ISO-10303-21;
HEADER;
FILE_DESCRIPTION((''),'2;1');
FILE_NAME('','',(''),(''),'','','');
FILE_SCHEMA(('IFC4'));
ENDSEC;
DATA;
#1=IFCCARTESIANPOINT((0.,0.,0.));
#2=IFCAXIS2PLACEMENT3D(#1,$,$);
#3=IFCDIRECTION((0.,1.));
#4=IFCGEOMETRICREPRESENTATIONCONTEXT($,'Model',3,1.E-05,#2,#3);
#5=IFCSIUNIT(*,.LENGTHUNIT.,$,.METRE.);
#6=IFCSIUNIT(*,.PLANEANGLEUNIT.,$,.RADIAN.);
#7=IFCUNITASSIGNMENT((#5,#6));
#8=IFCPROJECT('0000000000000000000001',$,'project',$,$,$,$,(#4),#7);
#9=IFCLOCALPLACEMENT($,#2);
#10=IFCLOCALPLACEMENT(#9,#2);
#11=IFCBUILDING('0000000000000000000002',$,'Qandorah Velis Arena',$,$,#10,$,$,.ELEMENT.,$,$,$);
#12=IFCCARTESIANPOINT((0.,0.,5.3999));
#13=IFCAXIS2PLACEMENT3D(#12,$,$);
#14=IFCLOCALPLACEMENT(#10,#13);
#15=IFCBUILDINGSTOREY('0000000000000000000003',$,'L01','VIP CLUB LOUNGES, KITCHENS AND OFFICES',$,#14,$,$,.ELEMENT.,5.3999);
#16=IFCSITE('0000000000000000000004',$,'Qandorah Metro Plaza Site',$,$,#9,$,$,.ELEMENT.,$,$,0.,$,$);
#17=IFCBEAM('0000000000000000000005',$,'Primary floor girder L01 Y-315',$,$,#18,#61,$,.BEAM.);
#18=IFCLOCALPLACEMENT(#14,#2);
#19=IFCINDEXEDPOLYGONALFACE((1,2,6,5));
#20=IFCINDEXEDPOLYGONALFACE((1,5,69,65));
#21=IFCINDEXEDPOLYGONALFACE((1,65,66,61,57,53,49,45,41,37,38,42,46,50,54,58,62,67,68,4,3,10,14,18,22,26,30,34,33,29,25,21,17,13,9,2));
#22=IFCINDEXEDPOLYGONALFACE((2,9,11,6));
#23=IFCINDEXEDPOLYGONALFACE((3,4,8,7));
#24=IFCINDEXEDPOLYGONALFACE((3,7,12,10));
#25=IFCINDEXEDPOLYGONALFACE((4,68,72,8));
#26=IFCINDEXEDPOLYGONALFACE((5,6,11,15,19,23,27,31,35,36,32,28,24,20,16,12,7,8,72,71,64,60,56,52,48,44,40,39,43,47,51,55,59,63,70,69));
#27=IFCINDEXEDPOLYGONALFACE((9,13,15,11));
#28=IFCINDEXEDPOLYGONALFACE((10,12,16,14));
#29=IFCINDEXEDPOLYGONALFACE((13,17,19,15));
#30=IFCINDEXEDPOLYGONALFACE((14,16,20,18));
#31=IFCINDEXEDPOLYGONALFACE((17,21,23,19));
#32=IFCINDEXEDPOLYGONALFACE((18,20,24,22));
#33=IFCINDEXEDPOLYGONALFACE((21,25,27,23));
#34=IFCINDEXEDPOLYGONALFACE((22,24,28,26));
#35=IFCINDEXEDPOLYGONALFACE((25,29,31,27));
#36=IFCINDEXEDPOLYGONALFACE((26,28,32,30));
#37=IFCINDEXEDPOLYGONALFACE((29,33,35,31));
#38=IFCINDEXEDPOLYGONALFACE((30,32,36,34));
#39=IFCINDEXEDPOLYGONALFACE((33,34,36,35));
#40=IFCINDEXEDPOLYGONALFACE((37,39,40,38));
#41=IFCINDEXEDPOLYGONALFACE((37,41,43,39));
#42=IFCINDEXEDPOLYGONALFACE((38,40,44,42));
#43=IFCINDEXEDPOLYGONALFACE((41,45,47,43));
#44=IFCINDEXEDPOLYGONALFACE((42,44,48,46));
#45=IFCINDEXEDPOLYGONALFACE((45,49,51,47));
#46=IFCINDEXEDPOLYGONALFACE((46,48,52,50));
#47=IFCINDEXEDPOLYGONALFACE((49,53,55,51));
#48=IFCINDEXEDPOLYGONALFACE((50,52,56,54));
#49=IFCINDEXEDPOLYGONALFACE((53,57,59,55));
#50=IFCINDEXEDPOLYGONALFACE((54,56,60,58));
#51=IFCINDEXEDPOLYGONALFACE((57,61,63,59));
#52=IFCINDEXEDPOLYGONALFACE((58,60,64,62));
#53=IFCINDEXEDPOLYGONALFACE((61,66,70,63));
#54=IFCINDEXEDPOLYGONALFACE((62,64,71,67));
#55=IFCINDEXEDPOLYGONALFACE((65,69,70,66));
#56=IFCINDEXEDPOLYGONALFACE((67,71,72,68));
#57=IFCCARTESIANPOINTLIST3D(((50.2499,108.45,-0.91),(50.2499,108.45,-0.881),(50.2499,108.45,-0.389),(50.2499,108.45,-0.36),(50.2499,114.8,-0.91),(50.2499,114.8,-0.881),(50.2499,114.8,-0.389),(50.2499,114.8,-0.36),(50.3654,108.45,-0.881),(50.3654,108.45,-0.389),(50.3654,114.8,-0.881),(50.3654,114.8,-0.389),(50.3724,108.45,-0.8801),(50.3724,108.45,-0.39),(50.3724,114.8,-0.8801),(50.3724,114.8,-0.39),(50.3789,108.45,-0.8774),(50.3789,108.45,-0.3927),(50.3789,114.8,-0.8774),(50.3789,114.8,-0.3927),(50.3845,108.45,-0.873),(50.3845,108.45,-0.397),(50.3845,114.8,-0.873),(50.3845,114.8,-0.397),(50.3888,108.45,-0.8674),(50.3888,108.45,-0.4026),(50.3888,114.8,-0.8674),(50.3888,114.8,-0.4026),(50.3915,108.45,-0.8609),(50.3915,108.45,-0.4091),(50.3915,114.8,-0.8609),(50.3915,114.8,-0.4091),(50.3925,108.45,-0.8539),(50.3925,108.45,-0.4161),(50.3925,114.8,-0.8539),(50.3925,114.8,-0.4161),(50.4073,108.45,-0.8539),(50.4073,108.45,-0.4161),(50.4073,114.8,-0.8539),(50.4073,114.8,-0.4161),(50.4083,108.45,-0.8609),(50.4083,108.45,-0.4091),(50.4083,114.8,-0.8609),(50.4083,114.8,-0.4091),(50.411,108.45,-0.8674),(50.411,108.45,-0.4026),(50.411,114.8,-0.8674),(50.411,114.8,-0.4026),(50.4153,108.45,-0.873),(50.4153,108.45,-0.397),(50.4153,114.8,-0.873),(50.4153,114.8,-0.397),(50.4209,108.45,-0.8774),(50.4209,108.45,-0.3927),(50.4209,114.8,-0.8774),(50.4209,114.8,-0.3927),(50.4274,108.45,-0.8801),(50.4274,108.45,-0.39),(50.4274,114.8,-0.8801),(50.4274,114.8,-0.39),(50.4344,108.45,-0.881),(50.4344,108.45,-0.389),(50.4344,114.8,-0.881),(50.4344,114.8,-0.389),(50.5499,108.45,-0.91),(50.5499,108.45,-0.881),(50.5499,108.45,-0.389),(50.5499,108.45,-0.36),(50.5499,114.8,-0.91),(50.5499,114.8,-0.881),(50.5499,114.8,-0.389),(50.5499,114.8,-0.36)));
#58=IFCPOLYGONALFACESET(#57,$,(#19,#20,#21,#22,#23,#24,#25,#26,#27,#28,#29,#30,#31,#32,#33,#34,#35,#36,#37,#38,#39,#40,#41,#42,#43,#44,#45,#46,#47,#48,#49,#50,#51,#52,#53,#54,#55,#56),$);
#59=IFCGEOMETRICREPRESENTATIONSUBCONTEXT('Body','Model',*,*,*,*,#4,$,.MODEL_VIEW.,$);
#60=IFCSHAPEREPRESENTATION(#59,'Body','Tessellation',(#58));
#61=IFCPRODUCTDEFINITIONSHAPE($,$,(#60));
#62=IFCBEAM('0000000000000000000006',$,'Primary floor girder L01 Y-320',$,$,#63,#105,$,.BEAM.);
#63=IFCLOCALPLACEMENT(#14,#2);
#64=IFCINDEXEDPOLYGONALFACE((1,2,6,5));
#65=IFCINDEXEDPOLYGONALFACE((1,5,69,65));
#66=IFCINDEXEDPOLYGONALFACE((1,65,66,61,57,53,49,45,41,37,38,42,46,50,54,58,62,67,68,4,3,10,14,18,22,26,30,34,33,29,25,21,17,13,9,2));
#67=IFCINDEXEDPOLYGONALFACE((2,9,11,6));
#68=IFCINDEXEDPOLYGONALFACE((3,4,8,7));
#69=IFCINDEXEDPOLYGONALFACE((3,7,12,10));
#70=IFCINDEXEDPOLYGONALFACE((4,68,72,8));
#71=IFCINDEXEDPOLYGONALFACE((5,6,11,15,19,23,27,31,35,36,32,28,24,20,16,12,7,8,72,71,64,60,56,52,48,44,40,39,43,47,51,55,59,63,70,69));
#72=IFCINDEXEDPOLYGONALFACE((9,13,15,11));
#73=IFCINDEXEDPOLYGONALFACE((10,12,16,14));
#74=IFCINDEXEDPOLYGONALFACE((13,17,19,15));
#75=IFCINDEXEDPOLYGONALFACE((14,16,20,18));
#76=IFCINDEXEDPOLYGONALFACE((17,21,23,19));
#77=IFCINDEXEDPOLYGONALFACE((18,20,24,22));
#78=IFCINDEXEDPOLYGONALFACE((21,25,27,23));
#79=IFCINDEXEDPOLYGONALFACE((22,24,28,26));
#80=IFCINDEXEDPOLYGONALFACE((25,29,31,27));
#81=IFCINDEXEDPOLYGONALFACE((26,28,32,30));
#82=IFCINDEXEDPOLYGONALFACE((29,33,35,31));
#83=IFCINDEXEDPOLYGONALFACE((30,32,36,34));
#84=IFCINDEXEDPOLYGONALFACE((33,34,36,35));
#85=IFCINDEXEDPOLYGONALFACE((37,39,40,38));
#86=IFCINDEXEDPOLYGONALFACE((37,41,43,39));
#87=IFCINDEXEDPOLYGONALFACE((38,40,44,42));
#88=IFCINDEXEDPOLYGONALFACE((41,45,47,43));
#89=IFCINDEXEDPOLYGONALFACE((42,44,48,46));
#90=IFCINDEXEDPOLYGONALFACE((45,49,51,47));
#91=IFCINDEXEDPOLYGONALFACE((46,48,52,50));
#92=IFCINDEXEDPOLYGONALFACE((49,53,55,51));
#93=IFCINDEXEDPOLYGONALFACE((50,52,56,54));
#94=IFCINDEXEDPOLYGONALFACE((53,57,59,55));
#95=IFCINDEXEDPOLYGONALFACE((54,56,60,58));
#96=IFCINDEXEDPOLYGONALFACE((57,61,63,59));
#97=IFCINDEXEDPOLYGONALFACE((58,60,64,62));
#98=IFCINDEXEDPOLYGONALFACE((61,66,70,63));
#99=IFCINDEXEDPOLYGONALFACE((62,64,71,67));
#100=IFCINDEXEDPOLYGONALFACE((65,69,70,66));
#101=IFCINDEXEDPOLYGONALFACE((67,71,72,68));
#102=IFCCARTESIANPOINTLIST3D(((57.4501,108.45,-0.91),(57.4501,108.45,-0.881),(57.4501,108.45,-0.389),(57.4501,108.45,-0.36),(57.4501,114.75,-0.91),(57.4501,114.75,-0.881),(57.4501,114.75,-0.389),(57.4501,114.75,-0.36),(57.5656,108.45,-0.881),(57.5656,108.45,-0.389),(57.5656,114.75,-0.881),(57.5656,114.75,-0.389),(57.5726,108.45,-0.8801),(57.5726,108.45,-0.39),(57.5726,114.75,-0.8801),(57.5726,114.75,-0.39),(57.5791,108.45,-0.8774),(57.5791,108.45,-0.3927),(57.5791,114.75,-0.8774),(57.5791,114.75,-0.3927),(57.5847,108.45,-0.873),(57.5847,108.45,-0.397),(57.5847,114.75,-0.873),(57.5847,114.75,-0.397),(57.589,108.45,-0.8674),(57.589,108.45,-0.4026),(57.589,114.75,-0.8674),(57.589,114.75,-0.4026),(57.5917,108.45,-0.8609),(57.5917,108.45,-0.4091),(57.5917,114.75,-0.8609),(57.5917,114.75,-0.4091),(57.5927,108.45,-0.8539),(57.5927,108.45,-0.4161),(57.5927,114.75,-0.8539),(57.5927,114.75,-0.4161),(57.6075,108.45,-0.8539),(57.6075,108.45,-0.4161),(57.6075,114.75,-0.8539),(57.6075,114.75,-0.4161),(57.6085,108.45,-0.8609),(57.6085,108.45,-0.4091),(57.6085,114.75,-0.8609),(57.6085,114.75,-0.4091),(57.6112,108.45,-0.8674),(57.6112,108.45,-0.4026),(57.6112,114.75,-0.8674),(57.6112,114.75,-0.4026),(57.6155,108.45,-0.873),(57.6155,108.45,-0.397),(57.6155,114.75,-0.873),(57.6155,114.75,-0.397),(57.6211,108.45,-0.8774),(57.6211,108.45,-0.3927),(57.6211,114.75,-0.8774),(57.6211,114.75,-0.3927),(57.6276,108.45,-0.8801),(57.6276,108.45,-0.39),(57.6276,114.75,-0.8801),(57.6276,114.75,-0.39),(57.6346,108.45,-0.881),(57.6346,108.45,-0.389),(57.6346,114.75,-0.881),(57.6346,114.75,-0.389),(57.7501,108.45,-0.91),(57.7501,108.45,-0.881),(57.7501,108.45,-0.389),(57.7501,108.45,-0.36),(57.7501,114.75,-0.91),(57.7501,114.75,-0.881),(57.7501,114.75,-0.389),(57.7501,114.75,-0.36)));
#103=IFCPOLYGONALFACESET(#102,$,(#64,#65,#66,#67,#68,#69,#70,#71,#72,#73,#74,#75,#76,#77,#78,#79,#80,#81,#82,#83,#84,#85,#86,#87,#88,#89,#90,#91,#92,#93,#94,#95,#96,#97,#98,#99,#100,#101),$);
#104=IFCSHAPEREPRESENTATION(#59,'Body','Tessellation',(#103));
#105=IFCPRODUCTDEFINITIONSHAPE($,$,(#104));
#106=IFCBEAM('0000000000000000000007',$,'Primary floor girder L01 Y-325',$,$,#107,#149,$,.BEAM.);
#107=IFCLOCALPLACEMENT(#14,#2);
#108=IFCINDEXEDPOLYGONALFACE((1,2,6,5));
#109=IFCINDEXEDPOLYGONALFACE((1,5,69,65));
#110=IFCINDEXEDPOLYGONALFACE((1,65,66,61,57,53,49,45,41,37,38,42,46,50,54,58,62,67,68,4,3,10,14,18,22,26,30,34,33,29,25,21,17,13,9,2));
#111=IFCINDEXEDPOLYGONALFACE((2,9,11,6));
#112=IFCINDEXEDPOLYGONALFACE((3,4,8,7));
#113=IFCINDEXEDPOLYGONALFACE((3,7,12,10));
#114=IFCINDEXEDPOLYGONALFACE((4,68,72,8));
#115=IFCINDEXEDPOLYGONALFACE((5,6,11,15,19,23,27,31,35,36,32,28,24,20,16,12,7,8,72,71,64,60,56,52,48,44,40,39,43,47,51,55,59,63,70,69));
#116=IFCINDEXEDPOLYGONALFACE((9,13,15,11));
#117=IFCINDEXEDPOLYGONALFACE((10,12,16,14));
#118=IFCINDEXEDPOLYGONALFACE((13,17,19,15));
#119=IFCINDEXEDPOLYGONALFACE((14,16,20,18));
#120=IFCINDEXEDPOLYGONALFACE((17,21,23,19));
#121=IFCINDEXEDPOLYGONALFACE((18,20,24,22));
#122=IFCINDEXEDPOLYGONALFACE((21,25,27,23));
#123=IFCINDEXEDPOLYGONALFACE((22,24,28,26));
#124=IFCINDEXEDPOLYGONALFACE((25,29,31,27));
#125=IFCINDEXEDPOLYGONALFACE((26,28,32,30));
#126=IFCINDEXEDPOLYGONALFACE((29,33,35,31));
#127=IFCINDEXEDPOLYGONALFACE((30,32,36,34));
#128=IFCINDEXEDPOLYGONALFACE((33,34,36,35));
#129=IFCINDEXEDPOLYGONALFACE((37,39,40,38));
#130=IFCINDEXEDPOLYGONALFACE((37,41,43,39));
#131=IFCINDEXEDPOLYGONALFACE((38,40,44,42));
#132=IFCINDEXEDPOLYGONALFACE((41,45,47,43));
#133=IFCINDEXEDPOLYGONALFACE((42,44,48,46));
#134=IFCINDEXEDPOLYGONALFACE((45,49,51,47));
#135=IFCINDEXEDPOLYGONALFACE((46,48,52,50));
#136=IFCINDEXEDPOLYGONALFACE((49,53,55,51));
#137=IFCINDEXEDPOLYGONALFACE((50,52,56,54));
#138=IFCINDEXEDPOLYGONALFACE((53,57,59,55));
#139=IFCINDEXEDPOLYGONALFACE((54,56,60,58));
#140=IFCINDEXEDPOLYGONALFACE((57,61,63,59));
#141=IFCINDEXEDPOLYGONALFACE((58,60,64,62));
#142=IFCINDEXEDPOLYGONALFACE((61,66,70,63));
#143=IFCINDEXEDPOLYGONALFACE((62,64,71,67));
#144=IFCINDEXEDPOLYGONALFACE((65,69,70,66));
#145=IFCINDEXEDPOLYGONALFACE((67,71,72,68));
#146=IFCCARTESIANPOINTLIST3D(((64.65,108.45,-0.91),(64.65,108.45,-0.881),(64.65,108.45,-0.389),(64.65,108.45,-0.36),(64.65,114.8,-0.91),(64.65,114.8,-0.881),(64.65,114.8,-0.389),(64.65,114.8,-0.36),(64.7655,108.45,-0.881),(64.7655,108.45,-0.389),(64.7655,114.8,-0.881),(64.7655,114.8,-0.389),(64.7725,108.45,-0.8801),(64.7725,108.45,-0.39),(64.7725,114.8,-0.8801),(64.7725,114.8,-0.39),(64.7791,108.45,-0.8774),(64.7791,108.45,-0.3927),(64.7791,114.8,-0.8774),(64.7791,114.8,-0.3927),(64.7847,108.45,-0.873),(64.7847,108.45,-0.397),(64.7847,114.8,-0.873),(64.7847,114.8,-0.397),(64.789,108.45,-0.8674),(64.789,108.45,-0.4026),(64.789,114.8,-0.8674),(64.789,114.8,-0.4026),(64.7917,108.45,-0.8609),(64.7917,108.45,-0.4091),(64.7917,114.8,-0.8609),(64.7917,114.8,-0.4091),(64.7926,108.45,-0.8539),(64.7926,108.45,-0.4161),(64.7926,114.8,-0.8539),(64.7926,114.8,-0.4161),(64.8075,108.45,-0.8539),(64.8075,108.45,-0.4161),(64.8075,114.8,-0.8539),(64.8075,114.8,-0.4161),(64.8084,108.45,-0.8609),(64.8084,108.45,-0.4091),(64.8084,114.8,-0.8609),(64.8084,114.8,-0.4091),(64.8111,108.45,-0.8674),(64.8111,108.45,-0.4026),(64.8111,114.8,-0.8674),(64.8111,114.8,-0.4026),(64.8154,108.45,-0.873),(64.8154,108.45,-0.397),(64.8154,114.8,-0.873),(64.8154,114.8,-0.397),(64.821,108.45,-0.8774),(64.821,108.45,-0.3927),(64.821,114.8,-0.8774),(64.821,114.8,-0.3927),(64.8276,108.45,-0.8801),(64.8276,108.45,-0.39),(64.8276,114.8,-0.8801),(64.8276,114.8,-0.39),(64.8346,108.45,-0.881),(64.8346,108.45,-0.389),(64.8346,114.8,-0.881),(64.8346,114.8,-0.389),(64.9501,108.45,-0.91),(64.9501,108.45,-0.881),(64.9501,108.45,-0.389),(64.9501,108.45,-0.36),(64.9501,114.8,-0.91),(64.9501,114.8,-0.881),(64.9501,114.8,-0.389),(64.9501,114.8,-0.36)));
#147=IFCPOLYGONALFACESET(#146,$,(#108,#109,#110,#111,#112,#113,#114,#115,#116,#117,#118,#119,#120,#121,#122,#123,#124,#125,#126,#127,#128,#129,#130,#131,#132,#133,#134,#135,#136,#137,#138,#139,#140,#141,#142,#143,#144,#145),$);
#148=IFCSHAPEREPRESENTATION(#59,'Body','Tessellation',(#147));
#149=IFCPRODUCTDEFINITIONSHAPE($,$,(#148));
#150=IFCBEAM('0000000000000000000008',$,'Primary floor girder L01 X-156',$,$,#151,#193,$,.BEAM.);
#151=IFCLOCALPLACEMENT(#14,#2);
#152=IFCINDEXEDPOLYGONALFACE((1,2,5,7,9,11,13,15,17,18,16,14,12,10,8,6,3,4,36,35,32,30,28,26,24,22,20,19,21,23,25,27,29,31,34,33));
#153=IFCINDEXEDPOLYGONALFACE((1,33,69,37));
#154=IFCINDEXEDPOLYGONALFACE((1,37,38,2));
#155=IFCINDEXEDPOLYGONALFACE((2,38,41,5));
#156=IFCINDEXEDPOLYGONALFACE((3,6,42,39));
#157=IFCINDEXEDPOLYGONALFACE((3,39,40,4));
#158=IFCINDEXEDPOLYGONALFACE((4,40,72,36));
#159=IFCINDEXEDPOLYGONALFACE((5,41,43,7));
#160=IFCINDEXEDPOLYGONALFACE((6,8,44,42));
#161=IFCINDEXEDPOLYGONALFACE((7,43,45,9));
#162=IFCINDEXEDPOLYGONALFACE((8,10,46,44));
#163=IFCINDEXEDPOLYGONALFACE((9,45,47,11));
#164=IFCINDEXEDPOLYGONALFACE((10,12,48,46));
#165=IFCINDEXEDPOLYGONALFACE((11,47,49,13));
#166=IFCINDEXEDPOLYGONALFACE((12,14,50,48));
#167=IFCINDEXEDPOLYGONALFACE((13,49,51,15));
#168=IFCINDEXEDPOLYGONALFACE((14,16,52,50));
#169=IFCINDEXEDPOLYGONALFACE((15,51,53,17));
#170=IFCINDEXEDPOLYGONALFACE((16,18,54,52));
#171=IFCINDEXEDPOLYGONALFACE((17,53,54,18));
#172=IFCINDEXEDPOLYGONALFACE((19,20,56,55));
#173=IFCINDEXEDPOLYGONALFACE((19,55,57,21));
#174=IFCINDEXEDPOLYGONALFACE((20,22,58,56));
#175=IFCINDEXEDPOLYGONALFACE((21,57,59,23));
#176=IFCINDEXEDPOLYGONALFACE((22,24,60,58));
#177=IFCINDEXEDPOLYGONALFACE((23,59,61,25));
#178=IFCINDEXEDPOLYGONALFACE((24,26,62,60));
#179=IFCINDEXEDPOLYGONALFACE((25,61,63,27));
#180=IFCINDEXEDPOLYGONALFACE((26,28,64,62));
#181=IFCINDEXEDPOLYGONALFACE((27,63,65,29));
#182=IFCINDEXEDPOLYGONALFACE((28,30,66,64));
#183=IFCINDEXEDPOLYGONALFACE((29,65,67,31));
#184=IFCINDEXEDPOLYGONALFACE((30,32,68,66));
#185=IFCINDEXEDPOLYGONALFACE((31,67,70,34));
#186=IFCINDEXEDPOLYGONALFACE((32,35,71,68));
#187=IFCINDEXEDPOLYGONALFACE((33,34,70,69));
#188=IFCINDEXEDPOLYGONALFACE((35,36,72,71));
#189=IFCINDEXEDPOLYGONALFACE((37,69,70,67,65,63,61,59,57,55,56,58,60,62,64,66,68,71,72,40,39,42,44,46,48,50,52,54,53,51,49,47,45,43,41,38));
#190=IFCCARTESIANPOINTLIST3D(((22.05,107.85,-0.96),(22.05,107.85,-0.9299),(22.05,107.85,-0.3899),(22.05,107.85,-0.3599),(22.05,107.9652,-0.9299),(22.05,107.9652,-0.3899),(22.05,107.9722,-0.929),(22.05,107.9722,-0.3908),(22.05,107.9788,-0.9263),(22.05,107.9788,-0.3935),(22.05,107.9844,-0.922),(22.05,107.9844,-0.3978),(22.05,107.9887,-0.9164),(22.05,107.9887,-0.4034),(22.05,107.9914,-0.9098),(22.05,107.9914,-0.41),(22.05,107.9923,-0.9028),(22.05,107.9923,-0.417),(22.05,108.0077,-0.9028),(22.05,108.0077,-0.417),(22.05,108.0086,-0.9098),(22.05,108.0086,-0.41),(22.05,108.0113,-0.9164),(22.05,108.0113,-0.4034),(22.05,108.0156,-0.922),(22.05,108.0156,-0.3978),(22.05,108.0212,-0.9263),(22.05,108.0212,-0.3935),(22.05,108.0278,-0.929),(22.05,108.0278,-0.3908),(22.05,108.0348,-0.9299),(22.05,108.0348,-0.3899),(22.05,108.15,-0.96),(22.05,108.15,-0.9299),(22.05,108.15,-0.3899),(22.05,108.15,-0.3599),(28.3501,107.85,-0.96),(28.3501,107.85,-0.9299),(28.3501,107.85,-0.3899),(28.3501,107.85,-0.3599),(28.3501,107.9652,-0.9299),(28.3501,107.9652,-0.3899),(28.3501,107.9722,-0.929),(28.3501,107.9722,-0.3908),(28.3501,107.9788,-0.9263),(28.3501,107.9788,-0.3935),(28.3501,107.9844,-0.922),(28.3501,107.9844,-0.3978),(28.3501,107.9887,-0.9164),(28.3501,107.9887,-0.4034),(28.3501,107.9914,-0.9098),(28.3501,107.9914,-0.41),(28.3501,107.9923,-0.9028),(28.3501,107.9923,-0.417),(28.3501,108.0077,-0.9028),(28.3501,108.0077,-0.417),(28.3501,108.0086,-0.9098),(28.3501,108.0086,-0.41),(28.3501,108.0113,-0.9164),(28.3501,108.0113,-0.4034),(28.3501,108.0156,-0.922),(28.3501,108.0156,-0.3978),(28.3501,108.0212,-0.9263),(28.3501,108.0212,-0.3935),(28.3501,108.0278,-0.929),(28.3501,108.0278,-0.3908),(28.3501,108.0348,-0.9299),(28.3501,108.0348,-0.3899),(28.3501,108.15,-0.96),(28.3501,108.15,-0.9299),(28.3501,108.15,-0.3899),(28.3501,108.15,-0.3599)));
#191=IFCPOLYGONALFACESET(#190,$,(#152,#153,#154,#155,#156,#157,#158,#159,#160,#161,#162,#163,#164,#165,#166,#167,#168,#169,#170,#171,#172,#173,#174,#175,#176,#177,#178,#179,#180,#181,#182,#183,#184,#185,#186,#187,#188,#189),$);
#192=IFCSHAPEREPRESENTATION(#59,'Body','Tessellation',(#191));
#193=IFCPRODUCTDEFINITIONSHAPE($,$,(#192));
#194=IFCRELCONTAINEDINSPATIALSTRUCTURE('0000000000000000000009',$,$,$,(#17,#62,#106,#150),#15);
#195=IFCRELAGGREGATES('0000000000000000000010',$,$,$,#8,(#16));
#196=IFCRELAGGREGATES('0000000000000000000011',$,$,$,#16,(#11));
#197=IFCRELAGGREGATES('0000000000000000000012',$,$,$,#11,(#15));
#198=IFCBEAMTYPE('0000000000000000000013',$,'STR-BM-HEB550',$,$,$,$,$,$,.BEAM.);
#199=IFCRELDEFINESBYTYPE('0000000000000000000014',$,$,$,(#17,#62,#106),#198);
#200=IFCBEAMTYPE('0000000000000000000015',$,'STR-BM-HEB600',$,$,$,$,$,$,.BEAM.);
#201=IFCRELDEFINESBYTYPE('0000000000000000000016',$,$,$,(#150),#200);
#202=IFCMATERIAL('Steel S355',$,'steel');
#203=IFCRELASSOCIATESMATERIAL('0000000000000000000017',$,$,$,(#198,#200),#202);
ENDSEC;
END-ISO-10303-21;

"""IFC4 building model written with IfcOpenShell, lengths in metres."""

from ifc_helpers import new_model, si_unit, direction, frame, origin, origin_2d, place, context, subcontext, project, spatial, i_section, extrude, material, material_profile, profile_set, type_object, element, save


model = new_model("IFC4")

# Units and contexts
model_context = context("Model", 3, precision=1e-05, world=origin(), true_north=direction((0.0, 1.0)))
body_context = subcontext(model_context, "Body", "Model", "MODEL_VIEW")
ifc_project = project(units=[si_unit("LENGTHUNIT", "METRE"), si_unit("PLANEANGLEUNIT", "RADIAN")], contexts=[model_context])

# Site, building, storey
site_placement = place(None, origin())
site = spatial("IfcSite", under=ifc_project, at=site_placement, Name="Qandorah Metro Plaza Site", CompositionType="ELEMENT", RefElevation=0.0)
building_placement = place(site_placement, origin())
building = spatial("IfcBuilding", under=site, at=building_placement, Name="Qandorah Velis Arena", CompositionType="ELEMENT")
storey_placement = place(building_placement, frame((0.0, 0.0, 5.3999)))
storey = spatial("IfcBuildingStorey", under=building, at=storey_placement, Name="L01", Description="VIP CLUB LOUNGES, KITCHENS AND OFFICES", CompositionType="ELEMENT", Elevation=5.3999)

# Beams
ifc_material_1 = material(Name="Steel S355", Category="steel")
ifc_material_profile_1 = material_profile(ifc_material_1, i_section(OverallWidth=0.3, OverallDepth=0.55, WebThickness=0.0149, FlangeThickness=0.0291, FilletRadius=0.0271, at=origin_2d()), Name="HEB 550")
ifc_profile_set_1 = profile_set([ifc_material_profile_1], Name="Steel S355")
beam_type_1 = type_object("IfcBeamType", Name="STR-BM-HEB550", PredefinedType="BEAM", material=ifc_profile_set_1)
beam_1_placement = place(storey_placement, frame((50.3999, 108.45, -0.635), z_axis=(0.0, 1.0, 0.0), x_axis=(-1.0, 0.0, 0.0)))
element("IfcBeam", 1, at=beam_1_placement, inside=storey, type_object=beam_type_1, Name="Primary floor girder L01 Y-315", PredefinedType="BEAM", context=body_context, shape_type="SweptSolid", body=[
    extrude(i_section(OverallWidth=0.3, OverallDepth=0.55, WebThickness=0.0149, FlangeThickness=0.0291, FilletRadius=0.0271, at=origin_2d()), origin(), (0.0, 0.0, 1.0), 6.3501),
])
beam_2_placement = place(storey_placement, frame((57.6001, 108.45, -0.635), z_axis=(0.0, 1.0, 0.0), x_axis=(-1.0, 0.0, 0.0)))
element("IfcBeam", 2, at=beam_2_placement, inside=storey, type_object=beam_type_1, Name="Primary floor girder L01 Y-320", PredefinedType="BEAM", context=body_context, shape_type="SweptSolid", body=[
    extrude(i_section(OverallWidth=0.3, OverallDepth=0.55, WebThickness=0.0149, FlangeThickness=0.0291, FilletRadius=0.0271, at=origin_2d()), origin(), (0.0, 0.0, 1.0), 6.3),
])
beam_3_placement = place(storey_placement, frame((64.8, 108.45, -0.635), z_axis=(0.0, 1.0, 0.0), x_axis=(-1.0, 0.0, 0.0)))
element("IfcBeam", 3, at=beam_3_placement, inside=storey, type_object=beam_type_1, Name="Primary floor girder L01 Y-325", PredefinedType="BEAM", context=body_context, shape_type="SweptSolid", body=[
    extrude(i_section(OverallWidth=0.3, OverallDepth=0.55, WebThickness=0.0149, FlangeThickness=0.0291, FilletRadius=0.0271, at=origin_2d()), origin(), (0.0, 0.0, 1.0), 6.3501),
])
ifc_material_profile_2 = material_profile(ifc_material_1, i_section(OverallWidth=0.3, OverallDepth=0.6001, WebThickness=0.0154, FlangeThickness=0.03, FilletRadius=0.0271, at=origin_2d()), Name="HEB 600")
ifc_profile_set_2 = profile_set([ifc_material_profile_2], Name="Steel S355")
beam_type_2 = type_object("IfcBeamType", Name="STR-BM-HEB600", PredefinedType="BEAM", material=ifc_profile_set_2)
for number, where, z_axis, x_axis, name in (
    (4, (22.05, 108.0, -0.6599), (1.0, 0.0, 0.0), (0.0, 1.0, 0.0), "Primary floor girder L01 X-156"),
):
    element("IfcBeam", number, at=place(storey_placement, frame(where, z_axis=z_axis, x_axis=x_axis)), inside=storey, type_object=beam_type_2, Name=name, PredefinedType="BEAM", context=body_context, shape_type="SweptSolid", body=[
        extrude(i_section(OverallWidth=0.3, OverallDepth=0.6001, WebThickness=0.0154, FlangeThickness=0.03, FilletRadius=0.0271, at=origin_2d()), origin(), (0.0, 0.0, 1.0), 6.3),
    ])

save(model, "model.ifc")
